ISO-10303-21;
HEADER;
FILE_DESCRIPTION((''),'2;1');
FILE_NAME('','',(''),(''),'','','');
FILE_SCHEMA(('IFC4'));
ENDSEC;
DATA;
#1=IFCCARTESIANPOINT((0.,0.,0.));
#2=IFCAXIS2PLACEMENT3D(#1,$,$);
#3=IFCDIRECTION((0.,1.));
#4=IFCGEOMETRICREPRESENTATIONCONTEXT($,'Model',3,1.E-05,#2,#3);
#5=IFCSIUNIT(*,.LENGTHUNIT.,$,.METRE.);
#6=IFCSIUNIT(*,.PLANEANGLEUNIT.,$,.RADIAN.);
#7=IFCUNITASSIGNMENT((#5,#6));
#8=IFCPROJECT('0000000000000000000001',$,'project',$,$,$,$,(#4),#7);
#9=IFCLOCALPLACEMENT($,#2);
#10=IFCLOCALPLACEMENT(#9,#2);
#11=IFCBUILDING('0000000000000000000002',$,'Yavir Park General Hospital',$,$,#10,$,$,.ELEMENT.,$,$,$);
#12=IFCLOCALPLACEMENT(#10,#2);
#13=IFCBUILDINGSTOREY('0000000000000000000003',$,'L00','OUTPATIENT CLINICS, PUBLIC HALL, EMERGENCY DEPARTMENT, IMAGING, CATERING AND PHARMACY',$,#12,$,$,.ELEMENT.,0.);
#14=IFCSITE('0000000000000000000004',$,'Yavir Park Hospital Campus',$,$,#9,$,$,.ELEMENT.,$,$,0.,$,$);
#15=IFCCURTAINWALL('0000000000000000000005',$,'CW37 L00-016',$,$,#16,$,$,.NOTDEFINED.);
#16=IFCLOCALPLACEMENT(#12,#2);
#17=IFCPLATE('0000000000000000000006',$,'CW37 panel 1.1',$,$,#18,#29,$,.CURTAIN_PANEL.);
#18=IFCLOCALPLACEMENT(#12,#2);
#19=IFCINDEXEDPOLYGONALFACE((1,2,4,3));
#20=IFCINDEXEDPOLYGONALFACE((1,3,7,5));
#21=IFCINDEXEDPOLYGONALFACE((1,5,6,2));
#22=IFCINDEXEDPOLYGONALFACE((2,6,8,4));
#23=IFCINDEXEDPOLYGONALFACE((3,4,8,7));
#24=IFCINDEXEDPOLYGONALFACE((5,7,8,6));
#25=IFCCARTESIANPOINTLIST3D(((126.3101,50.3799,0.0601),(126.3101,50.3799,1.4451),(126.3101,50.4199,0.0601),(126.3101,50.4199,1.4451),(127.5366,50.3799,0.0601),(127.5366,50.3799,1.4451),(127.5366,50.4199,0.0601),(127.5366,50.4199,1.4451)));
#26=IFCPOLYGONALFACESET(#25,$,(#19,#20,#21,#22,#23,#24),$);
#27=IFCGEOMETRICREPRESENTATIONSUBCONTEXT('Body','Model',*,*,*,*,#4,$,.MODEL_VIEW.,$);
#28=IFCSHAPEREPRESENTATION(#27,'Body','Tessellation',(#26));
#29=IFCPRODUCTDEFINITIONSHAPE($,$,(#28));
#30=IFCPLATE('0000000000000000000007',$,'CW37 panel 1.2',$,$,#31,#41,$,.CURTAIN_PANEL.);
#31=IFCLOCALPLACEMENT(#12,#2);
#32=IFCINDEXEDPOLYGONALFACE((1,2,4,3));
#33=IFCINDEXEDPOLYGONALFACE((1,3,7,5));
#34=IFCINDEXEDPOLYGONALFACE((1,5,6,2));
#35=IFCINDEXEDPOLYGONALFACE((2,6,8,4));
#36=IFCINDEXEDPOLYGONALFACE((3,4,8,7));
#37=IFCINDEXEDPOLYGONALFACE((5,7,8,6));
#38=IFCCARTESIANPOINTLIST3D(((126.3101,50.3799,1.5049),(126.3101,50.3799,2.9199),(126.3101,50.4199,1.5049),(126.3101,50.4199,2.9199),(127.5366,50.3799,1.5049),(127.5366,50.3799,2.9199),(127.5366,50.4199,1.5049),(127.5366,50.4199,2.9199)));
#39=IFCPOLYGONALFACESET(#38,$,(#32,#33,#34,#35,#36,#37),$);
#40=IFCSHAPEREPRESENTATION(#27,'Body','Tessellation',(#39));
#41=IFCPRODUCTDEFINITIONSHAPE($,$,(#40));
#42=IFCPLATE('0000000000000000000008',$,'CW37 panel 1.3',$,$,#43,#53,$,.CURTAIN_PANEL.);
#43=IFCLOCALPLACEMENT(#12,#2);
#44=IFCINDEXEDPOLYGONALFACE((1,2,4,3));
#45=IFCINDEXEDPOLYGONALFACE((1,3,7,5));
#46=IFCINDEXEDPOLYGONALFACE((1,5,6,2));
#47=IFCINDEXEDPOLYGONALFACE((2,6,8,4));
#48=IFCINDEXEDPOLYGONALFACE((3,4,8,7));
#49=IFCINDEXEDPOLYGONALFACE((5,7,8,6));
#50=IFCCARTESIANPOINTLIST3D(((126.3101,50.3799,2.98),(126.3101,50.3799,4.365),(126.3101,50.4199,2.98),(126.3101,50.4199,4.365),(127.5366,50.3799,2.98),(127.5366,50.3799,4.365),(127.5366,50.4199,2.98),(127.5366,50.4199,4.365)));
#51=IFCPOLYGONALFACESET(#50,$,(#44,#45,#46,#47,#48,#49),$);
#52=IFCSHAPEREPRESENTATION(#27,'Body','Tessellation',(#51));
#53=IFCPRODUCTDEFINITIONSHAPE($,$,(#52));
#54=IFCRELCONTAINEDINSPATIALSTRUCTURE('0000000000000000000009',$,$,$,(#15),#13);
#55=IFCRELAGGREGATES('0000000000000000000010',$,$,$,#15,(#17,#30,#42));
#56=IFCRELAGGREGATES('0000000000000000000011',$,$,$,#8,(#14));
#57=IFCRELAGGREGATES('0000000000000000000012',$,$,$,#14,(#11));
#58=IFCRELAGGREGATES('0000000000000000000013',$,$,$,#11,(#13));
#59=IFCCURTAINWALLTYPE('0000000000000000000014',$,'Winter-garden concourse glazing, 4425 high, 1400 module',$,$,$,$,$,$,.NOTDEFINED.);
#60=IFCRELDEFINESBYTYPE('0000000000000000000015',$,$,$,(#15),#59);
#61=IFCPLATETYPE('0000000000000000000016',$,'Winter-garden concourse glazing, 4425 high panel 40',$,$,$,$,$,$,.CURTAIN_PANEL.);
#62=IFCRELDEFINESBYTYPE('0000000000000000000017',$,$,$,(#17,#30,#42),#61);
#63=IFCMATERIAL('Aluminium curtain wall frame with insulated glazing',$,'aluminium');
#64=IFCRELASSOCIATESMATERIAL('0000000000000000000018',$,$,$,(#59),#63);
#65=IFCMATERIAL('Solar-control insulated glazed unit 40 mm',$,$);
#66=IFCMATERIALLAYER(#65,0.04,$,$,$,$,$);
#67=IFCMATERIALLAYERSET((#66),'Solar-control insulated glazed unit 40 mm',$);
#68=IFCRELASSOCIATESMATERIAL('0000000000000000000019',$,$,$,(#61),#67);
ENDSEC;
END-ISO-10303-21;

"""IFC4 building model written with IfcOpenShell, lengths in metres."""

from ifc_helpers import new_model, si_unit, direction, frame, origin, origin_2d, place, context, subcontext, project, spatial, rectangle, extrude, material, layer, layer_set, type_object, element, aggregate, save


model = new_model("IFC4")

# Units and contexts
model_context = context("Model", 3, precision=1e-05, world=origin(), true_north=direction((0.0, 1.0)))
body_context = subcontext(model_context, "Body", "Model", "MODEL_VIEW")
ifc_project = project(units=[si_unit("LENGTHUNIT", "METRE"), si_unit("PLANEANGLEUNIT", "RADIAN")], contexts=[model_context])

# Site, building, storey
site_placement = place(None, origin())
site = spatial("IfcSite", under=ifc_project, at=site_placement, Name="Yavir Park Hospital Campus", CompositionType="ELEMENT", RefElevation=0.0)
building_placement = place(site_placement, origin())
building = spatial("IfcBuilding", under=site, at=building_placement, Name="Yavir Park General Hospital", CompositionType="ELEMENT")
storey_placement = place(building_placement, origin())
storey = spatial("IfcBuildingStorey", under=building, at=storey_placement, Name="L00", Description="OUTPATIENT CLINICS, PUBLIC HALL, EMERGENCY DEPARTMENT, IMAGING, CATERING AND PHARMACY", CompositionType="ELEMENT", Elevation=0.0)

# Shared definitions
ifc_material_1 = material(Name="Aluminium curtain wall frame with insulated glazing", Category="aluminium")
curtain_wall_type = type_object("IfcCurtainWallType", Name="Winter-garden concourse glazing, 4425 high, 1400 module", PredefinedType="NOTDEFINED", material=ifc_material_1)

# Curtain wall
curtain_wall_1_placement = place(storey_placement, origin())
curtain_wall_1 = element("IfcCurtainWall", 1, at=curtain_wall_1_placement, inside=storey, type_object=curtain_wall_type, Name="CW37 L00-016", PredefinedType="NOTDEFINED")

# Plates
ifc_material_2 = material(Name="Solar-control insulated glazed unit 40 mm")
ifc_layer = layer(ifc_material_2, 0.04)
ifc_layer_set = layer_set([ifc_layer], Name="Solar-control insulated glazed unit 40 mm")
plate_type = type_object("IfcPlateType", Name="Winter-garden concourse glazing, 4425 high panel 40", PredefinedType="CURTAIN_PANEL", material=ifc_layer_set)
plate_1_placement = place(storey_placement, frame((126.9233, 50.3999, 0.0601), z_axis=(0.0, 0.0, 1.0), x_axis=(1.0, 0.0, 0.0)))
plate_1 = element("IfcPlate", 2, at=plate_1_placement, type_object=plate_type, Name="CW37 panel 1.1", PredefinedType="CURTAIN_PANEL", context=body_context, shape_type="SweptSolid", body=[
    extrude(rectangle(XDim=1.2266, YDim=0.04, at=origin_2d()), origin(), (0.0, 0.0, 1.0), 1.385),
])
plate_2_placement = place(storey_placement, frame((126.9233, 50.3999, 1.5049), z_axis=(0.0, 0.0, 1.0), x_axis=(1.0, 0.0, 0.0)))
plate_2 = element("IfcPlate", 3, at=plate_2_placement, type_object=plate_type, Name="CW37 panel 1.2", PredefinedType="CURTAIN_PANEL", context=body_context, shape_type="SweptSolid", body=[
    extrude(rectangle(XDim=1.2266, YDim=0.04, at=origin_2d()), origin(), (0.0, 0.0, 1.0), 1.415),
])
plate_3_placement = place(storey_placement, frame((126.9233, 50.3999, 2.98), z_axis=(0.0, 0.0, 1.0), x_axis=(1.0, 0.0, 0.0)))
plate_3 = element("IfcPlate", 4, at=plate_3_placement, type_object=plate_type, Name="CW37 panel 1.3", PredefinedType="CURTAIN_PANEL", context=body_context, shape_type="SweptSolid", body=[
    extrude(rectangle(XDim=1.2266, YDim=0.04, at=origin_2d()), origin(), (0.0, 0.0, 1.0), 1.385),
])
aggregate(curtain_wall_1, [plate_1, plate_2, plate_3])

save(model, "model.ifc")
